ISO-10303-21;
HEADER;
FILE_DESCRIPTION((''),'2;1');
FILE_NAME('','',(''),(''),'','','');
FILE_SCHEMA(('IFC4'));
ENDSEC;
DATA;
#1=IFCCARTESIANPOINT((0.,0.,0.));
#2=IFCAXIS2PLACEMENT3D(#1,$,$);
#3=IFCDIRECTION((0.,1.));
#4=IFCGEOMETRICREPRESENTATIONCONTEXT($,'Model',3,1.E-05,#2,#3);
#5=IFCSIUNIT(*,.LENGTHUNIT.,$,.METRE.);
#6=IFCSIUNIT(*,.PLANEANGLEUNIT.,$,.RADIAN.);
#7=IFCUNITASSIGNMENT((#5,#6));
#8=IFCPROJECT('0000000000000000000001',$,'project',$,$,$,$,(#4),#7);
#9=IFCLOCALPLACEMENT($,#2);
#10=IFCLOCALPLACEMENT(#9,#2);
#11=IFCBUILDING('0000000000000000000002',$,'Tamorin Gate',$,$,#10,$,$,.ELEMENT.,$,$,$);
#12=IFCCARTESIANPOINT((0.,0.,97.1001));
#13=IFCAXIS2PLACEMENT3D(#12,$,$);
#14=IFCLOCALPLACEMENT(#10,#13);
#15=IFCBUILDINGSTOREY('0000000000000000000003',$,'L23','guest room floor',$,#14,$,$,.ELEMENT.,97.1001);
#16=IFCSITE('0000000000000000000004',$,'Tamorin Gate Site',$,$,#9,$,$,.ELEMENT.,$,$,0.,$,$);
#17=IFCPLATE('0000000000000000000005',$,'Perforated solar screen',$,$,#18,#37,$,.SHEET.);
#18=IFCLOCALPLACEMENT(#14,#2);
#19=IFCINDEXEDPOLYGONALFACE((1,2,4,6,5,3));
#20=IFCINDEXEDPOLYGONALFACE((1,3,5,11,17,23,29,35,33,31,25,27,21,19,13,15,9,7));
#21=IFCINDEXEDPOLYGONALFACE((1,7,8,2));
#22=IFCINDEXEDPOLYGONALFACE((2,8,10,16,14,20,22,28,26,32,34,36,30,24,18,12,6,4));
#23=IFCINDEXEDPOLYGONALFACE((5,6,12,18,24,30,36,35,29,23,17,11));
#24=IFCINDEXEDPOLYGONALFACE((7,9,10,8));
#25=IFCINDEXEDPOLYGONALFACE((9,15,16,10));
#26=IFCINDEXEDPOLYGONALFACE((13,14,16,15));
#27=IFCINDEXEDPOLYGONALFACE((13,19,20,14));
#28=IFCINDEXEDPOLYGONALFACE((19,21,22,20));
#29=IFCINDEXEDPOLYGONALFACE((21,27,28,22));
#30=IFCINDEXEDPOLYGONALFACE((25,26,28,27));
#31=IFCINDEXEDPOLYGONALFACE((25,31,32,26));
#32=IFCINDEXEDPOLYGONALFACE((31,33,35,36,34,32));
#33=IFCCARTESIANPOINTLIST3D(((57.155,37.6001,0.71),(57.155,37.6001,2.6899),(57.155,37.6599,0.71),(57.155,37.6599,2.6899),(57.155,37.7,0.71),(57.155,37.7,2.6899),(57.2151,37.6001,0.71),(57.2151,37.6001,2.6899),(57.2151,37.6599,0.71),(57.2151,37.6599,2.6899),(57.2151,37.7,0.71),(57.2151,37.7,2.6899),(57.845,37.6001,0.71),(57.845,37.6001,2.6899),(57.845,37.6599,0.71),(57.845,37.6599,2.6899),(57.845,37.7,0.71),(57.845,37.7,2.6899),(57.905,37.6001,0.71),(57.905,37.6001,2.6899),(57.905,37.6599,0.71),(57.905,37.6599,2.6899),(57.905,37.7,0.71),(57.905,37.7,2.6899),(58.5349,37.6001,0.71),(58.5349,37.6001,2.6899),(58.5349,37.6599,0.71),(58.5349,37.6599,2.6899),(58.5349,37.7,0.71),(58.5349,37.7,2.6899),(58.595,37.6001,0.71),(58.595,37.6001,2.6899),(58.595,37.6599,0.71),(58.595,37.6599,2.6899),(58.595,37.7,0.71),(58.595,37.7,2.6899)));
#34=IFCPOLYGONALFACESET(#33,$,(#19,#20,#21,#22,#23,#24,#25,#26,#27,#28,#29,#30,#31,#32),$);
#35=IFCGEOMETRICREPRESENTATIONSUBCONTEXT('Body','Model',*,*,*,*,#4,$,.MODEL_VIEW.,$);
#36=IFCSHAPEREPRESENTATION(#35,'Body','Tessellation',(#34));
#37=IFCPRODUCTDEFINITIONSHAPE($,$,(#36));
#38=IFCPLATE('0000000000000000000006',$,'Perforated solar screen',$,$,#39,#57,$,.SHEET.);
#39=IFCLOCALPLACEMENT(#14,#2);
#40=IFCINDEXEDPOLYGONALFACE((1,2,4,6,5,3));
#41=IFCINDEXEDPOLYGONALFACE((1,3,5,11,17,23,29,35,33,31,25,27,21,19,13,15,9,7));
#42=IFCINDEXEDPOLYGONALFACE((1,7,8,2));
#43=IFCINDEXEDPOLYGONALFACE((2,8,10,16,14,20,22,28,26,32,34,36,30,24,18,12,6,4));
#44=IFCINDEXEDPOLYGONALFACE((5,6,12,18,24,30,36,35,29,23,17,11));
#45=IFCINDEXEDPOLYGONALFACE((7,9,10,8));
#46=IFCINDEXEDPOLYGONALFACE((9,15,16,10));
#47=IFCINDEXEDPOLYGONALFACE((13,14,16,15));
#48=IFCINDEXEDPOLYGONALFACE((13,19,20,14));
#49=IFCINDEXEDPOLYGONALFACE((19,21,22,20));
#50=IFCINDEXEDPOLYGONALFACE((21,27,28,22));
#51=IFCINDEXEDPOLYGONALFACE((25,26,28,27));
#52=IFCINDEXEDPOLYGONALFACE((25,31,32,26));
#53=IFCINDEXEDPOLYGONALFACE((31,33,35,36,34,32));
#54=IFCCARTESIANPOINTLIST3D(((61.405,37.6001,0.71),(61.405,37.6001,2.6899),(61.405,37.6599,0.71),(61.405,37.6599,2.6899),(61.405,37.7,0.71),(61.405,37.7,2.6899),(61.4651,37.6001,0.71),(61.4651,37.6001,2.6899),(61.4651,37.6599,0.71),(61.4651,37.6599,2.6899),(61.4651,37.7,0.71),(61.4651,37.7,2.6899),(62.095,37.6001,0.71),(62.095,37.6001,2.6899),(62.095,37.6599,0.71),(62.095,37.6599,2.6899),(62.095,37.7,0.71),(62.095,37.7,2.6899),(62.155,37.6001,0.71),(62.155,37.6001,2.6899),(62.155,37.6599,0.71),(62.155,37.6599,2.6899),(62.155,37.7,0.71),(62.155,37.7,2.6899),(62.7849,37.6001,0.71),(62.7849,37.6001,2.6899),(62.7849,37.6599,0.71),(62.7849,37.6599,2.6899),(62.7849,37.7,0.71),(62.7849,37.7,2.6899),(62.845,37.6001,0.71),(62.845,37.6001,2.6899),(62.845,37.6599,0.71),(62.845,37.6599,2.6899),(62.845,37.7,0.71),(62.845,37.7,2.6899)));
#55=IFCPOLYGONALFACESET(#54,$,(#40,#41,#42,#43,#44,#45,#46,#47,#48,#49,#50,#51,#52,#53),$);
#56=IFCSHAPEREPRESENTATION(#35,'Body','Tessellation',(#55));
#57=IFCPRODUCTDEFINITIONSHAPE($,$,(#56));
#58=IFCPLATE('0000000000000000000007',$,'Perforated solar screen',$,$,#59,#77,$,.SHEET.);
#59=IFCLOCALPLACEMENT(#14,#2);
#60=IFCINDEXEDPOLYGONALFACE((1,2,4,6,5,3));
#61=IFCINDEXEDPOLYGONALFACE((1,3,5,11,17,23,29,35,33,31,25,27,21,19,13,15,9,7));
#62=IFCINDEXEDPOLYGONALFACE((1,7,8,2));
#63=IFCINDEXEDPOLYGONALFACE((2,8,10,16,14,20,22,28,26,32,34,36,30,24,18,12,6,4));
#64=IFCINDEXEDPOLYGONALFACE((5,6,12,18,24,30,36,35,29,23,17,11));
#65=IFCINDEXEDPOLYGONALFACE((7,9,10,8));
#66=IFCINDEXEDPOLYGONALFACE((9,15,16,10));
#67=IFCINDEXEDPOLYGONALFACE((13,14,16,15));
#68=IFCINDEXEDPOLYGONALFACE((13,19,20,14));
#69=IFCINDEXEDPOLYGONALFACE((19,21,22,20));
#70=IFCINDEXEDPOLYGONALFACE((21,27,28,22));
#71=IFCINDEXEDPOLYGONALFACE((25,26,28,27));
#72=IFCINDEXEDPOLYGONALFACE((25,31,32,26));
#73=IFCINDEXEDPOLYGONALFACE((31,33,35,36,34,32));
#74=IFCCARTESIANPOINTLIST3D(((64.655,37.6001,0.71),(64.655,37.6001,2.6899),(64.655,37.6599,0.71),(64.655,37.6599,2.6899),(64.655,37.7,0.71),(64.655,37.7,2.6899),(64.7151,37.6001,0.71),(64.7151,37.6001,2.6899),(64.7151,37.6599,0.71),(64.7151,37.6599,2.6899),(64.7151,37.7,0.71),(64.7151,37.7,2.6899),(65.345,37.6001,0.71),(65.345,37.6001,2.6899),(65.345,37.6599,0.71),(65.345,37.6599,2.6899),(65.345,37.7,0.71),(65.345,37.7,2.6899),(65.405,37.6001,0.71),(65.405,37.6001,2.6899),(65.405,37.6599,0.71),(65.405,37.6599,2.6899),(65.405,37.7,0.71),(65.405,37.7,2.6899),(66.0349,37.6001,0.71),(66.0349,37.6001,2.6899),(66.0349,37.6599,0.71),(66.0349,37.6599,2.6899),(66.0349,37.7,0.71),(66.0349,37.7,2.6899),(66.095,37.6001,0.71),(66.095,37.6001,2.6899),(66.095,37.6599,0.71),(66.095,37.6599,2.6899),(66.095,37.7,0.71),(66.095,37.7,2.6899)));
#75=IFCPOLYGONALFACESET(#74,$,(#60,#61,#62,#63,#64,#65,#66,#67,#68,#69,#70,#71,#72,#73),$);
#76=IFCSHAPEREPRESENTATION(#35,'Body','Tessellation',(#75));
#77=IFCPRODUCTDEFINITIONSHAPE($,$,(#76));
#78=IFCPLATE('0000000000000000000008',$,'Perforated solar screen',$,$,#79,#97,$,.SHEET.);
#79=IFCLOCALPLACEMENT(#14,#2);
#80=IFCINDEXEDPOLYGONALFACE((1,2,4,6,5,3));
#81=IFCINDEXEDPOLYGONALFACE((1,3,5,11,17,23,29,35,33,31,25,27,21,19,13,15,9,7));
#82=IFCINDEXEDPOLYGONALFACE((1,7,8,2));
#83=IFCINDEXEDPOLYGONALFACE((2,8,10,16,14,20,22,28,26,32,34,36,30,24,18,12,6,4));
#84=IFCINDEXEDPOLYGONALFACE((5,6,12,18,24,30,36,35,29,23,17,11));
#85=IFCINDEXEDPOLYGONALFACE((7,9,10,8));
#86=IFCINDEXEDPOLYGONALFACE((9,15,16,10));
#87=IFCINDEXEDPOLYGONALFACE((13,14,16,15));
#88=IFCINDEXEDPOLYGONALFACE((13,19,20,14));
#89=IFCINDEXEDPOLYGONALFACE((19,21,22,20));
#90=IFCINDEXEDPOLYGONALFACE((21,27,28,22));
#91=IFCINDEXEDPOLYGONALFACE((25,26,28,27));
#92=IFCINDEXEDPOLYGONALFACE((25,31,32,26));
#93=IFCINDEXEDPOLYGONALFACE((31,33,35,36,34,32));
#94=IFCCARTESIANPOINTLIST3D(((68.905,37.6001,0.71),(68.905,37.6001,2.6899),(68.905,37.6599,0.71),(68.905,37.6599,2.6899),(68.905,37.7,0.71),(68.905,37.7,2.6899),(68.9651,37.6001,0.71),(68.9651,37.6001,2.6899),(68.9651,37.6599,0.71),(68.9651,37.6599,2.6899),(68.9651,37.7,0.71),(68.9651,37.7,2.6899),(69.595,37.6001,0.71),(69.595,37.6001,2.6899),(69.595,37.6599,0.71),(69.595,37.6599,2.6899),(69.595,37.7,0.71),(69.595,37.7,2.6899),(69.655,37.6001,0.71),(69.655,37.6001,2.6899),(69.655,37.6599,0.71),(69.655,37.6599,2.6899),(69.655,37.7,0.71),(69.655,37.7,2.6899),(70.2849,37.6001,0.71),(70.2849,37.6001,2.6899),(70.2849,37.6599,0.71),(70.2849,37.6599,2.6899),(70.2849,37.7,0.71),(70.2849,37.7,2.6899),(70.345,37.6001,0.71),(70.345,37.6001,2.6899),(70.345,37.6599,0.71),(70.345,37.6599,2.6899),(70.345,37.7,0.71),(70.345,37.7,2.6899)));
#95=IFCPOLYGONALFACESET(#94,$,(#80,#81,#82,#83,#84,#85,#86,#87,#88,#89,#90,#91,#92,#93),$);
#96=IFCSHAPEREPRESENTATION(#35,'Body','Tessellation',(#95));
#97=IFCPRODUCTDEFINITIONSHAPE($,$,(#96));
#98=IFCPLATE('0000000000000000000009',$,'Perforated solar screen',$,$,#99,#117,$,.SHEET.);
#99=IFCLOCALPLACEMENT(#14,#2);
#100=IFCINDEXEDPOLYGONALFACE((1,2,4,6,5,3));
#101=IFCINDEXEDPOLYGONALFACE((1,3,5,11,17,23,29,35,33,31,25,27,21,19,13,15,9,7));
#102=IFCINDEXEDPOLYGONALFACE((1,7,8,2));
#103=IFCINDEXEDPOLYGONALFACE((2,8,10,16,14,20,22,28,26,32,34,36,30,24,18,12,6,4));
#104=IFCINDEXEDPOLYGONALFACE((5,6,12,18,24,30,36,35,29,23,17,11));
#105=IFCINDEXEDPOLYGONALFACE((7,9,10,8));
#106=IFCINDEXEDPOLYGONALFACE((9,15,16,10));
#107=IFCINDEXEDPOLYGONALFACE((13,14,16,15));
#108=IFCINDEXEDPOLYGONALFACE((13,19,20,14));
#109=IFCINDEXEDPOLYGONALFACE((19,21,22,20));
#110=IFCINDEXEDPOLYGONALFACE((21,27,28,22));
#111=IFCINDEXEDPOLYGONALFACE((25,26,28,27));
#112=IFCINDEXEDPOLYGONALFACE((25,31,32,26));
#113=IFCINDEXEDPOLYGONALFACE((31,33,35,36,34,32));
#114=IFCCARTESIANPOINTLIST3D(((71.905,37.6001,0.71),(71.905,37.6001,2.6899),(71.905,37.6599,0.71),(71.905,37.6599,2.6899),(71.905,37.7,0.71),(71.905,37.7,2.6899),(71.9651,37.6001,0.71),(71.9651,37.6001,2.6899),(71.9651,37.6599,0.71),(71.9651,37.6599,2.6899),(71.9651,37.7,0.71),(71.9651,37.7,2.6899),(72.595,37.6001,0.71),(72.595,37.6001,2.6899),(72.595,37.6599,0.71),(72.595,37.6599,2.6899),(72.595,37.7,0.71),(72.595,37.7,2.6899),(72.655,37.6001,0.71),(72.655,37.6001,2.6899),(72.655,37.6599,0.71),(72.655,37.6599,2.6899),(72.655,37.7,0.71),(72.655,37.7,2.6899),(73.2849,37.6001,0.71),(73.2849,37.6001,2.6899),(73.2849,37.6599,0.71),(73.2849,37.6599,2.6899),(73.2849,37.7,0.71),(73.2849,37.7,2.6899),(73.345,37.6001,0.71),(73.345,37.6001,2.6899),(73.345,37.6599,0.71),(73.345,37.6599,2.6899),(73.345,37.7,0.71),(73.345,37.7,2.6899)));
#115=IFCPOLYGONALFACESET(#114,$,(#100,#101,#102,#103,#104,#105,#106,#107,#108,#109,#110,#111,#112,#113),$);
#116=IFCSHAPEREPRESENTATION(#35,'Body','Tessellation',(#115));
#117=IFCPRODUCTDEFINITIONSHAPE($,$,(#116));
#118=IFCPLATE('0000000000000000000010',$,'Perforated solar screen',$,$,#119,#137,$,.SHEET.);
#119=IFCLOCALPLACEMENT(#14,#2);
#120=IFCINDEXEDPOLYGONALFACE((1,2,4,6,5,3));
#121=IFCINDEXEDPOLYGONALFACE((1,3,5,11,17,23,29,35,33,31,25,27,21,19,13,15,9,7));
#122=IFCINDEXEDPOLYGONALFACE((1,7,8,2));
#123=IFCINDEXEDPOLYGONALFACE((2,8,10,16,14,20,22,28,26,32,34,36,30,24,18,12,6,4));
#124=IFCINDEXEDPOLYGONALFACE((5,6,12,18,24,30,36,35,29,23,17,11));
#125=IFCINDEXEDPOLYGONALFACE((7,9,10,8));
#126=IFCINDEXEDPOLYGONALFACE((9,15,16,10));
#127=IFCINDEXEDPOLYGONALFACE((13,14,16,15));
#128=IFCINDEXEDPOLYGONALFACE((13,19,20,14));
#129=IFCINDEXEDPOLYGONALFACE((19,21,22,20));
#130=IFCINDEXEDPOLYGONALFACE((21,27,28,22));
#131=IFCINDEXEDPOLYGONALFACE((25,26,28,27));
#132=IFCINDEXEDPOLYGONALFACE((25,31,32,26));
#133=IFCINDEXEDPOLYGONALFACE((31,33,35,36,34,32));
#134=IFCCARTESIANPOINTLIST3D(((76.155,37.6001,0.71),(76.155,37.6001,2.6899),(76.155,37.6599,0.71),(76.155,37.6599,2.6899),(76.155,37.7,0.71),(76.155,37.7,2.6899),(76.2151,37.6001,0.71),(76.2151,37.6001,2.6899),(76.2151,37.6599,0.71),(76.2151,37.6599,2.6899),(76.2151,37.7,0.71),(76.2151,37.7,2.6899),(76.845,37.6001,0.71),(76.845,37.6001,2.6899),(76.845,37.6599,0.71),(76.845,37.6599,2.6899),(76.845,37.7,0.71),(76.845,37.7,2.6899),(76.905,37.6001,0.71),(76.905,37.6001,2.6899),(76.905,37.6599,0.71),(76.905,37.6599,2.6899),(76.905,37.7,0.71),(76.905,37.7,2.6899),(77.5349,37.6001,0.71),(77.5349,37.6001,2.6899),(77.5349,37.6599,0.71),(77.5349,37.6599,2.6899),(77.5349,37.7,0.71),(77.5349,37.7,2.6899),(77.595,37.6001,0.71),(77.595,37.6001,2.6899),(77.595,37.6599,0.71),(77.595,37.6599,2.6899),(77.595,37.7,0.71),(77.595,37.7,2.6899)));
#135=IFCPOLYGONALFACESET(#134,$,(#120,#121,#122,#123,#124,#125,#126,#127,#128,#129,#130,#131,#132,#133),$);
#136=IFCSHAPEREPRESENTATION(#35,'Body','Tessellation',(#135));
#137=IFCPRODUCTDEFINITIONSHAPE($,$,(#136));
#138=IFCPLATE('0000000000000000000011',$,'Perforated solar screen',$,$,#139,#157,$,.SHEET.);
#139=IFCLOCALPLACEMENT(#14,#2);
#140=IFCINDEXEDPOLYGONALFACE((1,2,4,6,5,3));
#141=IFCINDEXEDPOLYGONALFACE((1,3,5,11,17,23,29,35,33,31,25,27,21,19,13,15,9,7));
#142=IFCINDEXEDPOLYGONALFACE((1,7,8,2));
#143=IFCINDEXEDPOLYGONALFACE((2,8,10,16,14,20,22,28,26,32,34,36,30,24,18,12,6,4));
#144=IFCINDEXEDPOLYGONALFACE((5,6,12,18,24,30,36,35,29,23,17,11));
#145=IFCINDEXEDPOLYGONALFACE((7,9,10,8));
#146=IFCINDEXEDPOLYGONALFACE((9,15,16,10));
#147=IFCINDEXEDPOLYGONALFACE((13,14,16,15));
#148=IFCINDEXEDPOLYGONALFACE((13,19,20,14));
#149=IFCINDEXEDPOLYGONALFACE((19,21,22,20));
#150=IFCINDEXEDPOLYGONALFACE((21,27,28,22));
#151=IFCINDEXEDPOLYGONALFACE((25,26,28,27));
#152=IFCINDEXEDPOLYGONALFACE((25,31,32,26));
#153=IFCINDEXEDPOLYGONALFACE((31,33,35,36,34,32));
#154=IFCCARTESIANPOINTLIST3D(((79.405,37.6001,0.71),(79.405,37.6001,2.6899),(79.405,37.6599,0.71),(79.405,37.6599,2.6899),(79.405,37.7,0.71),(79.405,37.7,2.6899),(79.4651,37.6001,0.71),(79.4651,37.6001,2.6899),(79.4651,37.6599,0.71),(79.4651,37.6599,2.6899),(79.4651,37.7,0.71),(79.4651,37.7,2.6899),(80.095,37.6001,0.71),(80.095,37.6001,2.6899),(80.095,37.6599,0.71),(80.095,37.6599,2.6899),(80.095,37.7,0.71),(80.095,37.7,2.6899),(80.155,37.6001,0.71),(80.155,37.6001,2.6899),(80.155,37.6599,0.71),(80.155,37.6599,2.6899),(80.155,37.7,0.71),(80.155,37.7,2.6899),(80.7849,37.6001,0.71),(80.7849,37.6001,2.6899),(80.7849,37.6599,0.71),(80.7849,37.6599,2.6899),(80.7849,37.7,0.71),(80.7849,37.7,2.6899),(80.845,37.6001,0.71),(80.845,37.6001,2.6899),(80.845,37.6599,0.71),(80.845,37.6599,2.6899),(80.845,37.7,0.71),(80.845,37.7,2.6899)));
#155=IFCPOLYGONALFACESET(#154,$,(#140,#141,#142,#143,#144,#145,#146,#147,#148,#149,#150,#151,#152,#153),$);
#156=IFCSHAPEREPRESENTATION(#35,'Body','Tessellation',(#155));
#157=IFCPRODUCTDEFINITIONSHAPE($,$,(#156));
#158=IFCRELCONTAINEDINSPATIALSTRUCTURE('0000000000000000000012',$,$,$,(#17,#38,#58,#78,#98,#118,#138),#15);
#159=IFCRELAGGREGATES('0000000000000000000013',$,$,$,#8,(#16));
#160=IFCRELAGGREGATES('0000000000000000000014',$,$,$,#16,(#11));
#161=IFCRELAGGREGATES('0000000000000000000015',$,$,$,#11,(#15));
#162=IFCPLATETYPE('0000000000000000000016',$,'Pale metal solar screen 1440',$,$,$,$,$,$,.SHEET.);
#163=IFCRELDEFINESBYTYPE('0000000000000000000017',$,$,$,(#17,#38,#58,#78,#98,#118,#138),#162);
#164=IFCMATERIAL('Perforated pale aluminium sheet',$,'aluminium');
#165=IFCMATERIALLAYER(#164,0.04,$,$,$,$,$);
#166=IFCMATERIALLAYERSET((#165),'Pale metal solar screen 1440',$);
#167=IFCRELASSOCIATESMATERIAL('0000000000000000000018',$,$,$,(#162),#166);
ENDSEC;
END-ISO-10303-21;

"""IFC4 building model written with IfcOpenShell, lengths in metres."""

from ifc_helpers import new_model, si_unit, direction, frame, origin, place, context, subcontext, project, spatial, polyline, outline, extrude, material, layer, layer_set, type_object, element, save


model = new_model("IFC4")

# Units and contexts
model_context = context("Model", 3, precision=1e-05, world=origin(), true_north=direction((0.0, 1.0)))
body_context = subcontext(model_context, "Body", "Model", "MODEL_VIEW")
ifc_project = project(units=[si_unit("LENGTHUNIT", "METRE"), si_unit("PLANEANGLEUNIT", "RADIAN")], contexts=[model_context])

# Site, building, storey
site_placement = place(None, origin())
site = spatial("IfcSite", under=ifc_project, at=site_placement, Name="Tamorin Gate Site", CompositionType="ELEMENT", RefElevation=0.0)
building_placement = place(site_placement, origin())
building = spatial("IfcBuilding", under=site, at=building_placement, Name="Tamorin Gate", CompositionType="ELEMENT")
storey_placement = place(building_placement, frame((0.0, 0.0, 97.1001)))
storey = spatial("IfcBuildingStorey", under=building, at=storey_placement, Name="L23", Description="guest room floor", CompositionType="ELEMENT", Elevation=97.1001)

# Plates
ifc_material_1 = material(Name="Perforated pale aluminium sheet", Category="aluminium")
ifc_layer_1 = layer(ifc_material_1, 0.04)
ifc_layer_set_1 = layer_set([ifc_layer_1], Name="Pale metal solar screen 1440")
plate_type = type_object("IfcPlateType", Name="Pale metal solar screen 1440", PredefinedType="SHEET", material=ifc_layer_set_1)
plate_1_placement = place(storey_placement, frame((0.0, 0.0, 0.71)))
element("IfcPlate", 1, at=plate_1_placement, inside=storey, type_object=plate_type, Name="Perforated solar screen", PredefinedType="SHEET", context=body_context, shape_type="SweptSolid", body=[
    extrude(outline(polyline([(57.155, 37.6599), (57.155, 37.7), (57.2151, 37.7), (57.845, 37.7), (57.905, 37.7), (58.5349, 37.7), (58.595, 37.7), (58.595, 37.6599), (58.595, 37.6001), (58.5349, 37.6001), (58.5349, 37.6599), (57.905, 37.6599), (57.905, 37.6001), (57.845, 37.6001), (57.845, 37.6599), (57.2151, 37.6599), (57.2151, 37.6001), (57.155, 37.6001), (57.155, 37.6599)])), origin(), (0.0, 0.0, 1.0), 1.98),
])
plate_2_placement = place(storey_placement, frame((0.0, 0.0, 0.71)))
element("IfcPlate", 2, at=plate_2_placement, inside=storey, type_object=plate_type, Name="Perforated solar screen", PredefinedType="SHEET", context=body_context, shape_type="SweptSolid", body=[
    extrude(outline(polyline([(61.405, 37.6599), (61.405, 37.7), (61.4651, 37.7), (62.095, 37.7), (62.155, 37.7), (62.7849, 37.7), (62.845, 37.7), (62.845, 37.6599), (62.845, 37.6001), (62.7849, 37.6001), (62.7849, 37.6599), (62.155, 37.6599), (62.155, 37.6001), (62.095, 37.6001), (62.095, 37.6599), (61.4651, 37.6599), (61.4651, 37.6001), (61.405, 37.6001), (61.405, 37.6599)])), origin(), (0.0, 0.0, 1.0), 1.98),
])
plate_3_placement = place(storey_placement, frame((0.0, 0.0, 0.71)))
element("IfcPlate", 3, at=plate_3_placement, inside=storey, type_object=plate_type, Name="Perforated solar screen", PredefinedType="SHEET", context=body_context, shape_type="SweptSolid", body=[
    extrude(outline(polyline([(64.655, 37.6599), (64.655, 37.7), (64.7151, 37.7), (65.345, 37.7), (65.405, 37.7), (66.0349, 37.7), (66.095, 37.7), (66.095, 37.6599), (66.095, 37.6001), (66.0349, 37.6001), (66.0349, 37.6599), (65.405, 37.6599), (65.405, 37.6001), (65.345, 37.6001), (65.345, 37.6599), (64.7151, 37.6599), (64.7151, 37.6001), (64.655, 37.6001), (64.655, 37.6599)])), origin(), (0.0, 0.0, 1.0), 1.98),
])
plate_4_placement = place(storey_placement, frame((0.0, 0.0, 0.71)))
element("IfcPlate", 4, at=plate_4_placement, inside=storey, type_object=plate_type, Name="Perforated solar screen", PredefinedType="SHEET", context=body_context, shape_type="SweptSolid", body=[
    extrude(outline(polyline([(68.905, 37.6599), (68.905, 37.7), (68.9651, 37.7), (69.595, 37.7), (69.655, 37.7), (70.2849, 37.7), (70.345, 37.7), (70.345, 37.6599), (70.345, 37.6001), (70.2849, 37.6001), (70.2849, 37.6599), (69.655, 37.6599), (69.655, 37.6001), (69.595, 37.6001), (69.595, 37.6599), (68.9651, 37.6599), (68.9651, 37.6001), (68.905, 37.6001), (68.905, 37.6599)])), origin(), (0.0, 0.0, 1.0), 1.98),
])
plate_5_placement = place(storey_placement, frame((0.0, 0.0, 0.71)))
element("IfcPlate", 5, at=plate_5_placement, inside=storey, type_object=plate_type, Name="Perforated solar screen", PredefinedType="SHEET", context=body_context, shape_type="SweptSolid", body=[
    extrude(outline(polyline([(71.905, 37.6599), (71.905, 37.7), (71.9651, 37.7), (72.595, 37.7), (72.655, 37.7), (73.2849, 37.7), (73.345, 37.7), (73.345, 37.6599), (73.345, 37.6001), (73.2849, 37.6001), (73.2849, 37.6599), (72.655, 37.6599), (72.655, 37.6001), (72.595, 37.6001), (72.595, 37.6599), (71.9651, 37.6599), (71.9651, 37.6001), (71.905, 37.6001), (71.905, 37.6599)])), origin(), (0.0, 0.0, 1.0), 1.98),
])
plate_6_placement = place(storey_placement, frame((0.0, 0.0, 0.71)))
element("IfcPlate", 6, at=plate_6_placement, inside=storey, type_object=plate_type, Name="Perforated solar screen", PredefinedType="SHEET", context=body_context, shape_type="SweptSolid", body=[
    extrude(outline(polyline([(76.155, 37.6599), (76.155, 37.7), (76.2151, 37.7), (76.845, 37.7), (76.905, 37.7), (77.5349, 37.7), (77.595, 37.7), (77.595, 37.6599), (77.595, 37.6001), (77.5349, 37.6001), (77.5349, 37.6599), (76.905, 37.6599), (76.905, 37.6001), (76.845, 37.6001), (76.845, 37.6599), (76.2151, 37.6599), (76.2151, 37.6001), (76.155, 37.6001), (76.155, 37.6599)])), origin(), (0.0, 0.0, 1.0), 1.98),
])
plate_7_placement = place(storey_placement, frame((0.0, 0.0, 0.71)))
element("IfcPlate", 7, at=plate_7_placement, inside=storey, type_object=plate_type, Name="Perforated solar screen", PredefinedType="SHEET", context=body_context, shape_type="SweptSolid", body=[
    extrude(outline(polyline([(79.405, 37.6599), (79.405, 37.7), (79.4651, 37.7), (80.095, 37.7), (80.155, 37.7), (80.7849, 37.7), (80.845, 37.7), (80.845, 37.6599), (80.845, 37.6001), (80.7849, 37.6001), (80.7849, 37.6599), (80.155, 37.6599), (80.155, 37.6001), (80.095, 37.6001), (80.095, 37.6599), (79.4651, 37.6599), (79.4651, 37.6001), (79.405, 37.6001), (79.405, 37.6599)])), origin(), (0.0, 0.0, 1.0), 1.98),
])

save(model, "model.ifc")
